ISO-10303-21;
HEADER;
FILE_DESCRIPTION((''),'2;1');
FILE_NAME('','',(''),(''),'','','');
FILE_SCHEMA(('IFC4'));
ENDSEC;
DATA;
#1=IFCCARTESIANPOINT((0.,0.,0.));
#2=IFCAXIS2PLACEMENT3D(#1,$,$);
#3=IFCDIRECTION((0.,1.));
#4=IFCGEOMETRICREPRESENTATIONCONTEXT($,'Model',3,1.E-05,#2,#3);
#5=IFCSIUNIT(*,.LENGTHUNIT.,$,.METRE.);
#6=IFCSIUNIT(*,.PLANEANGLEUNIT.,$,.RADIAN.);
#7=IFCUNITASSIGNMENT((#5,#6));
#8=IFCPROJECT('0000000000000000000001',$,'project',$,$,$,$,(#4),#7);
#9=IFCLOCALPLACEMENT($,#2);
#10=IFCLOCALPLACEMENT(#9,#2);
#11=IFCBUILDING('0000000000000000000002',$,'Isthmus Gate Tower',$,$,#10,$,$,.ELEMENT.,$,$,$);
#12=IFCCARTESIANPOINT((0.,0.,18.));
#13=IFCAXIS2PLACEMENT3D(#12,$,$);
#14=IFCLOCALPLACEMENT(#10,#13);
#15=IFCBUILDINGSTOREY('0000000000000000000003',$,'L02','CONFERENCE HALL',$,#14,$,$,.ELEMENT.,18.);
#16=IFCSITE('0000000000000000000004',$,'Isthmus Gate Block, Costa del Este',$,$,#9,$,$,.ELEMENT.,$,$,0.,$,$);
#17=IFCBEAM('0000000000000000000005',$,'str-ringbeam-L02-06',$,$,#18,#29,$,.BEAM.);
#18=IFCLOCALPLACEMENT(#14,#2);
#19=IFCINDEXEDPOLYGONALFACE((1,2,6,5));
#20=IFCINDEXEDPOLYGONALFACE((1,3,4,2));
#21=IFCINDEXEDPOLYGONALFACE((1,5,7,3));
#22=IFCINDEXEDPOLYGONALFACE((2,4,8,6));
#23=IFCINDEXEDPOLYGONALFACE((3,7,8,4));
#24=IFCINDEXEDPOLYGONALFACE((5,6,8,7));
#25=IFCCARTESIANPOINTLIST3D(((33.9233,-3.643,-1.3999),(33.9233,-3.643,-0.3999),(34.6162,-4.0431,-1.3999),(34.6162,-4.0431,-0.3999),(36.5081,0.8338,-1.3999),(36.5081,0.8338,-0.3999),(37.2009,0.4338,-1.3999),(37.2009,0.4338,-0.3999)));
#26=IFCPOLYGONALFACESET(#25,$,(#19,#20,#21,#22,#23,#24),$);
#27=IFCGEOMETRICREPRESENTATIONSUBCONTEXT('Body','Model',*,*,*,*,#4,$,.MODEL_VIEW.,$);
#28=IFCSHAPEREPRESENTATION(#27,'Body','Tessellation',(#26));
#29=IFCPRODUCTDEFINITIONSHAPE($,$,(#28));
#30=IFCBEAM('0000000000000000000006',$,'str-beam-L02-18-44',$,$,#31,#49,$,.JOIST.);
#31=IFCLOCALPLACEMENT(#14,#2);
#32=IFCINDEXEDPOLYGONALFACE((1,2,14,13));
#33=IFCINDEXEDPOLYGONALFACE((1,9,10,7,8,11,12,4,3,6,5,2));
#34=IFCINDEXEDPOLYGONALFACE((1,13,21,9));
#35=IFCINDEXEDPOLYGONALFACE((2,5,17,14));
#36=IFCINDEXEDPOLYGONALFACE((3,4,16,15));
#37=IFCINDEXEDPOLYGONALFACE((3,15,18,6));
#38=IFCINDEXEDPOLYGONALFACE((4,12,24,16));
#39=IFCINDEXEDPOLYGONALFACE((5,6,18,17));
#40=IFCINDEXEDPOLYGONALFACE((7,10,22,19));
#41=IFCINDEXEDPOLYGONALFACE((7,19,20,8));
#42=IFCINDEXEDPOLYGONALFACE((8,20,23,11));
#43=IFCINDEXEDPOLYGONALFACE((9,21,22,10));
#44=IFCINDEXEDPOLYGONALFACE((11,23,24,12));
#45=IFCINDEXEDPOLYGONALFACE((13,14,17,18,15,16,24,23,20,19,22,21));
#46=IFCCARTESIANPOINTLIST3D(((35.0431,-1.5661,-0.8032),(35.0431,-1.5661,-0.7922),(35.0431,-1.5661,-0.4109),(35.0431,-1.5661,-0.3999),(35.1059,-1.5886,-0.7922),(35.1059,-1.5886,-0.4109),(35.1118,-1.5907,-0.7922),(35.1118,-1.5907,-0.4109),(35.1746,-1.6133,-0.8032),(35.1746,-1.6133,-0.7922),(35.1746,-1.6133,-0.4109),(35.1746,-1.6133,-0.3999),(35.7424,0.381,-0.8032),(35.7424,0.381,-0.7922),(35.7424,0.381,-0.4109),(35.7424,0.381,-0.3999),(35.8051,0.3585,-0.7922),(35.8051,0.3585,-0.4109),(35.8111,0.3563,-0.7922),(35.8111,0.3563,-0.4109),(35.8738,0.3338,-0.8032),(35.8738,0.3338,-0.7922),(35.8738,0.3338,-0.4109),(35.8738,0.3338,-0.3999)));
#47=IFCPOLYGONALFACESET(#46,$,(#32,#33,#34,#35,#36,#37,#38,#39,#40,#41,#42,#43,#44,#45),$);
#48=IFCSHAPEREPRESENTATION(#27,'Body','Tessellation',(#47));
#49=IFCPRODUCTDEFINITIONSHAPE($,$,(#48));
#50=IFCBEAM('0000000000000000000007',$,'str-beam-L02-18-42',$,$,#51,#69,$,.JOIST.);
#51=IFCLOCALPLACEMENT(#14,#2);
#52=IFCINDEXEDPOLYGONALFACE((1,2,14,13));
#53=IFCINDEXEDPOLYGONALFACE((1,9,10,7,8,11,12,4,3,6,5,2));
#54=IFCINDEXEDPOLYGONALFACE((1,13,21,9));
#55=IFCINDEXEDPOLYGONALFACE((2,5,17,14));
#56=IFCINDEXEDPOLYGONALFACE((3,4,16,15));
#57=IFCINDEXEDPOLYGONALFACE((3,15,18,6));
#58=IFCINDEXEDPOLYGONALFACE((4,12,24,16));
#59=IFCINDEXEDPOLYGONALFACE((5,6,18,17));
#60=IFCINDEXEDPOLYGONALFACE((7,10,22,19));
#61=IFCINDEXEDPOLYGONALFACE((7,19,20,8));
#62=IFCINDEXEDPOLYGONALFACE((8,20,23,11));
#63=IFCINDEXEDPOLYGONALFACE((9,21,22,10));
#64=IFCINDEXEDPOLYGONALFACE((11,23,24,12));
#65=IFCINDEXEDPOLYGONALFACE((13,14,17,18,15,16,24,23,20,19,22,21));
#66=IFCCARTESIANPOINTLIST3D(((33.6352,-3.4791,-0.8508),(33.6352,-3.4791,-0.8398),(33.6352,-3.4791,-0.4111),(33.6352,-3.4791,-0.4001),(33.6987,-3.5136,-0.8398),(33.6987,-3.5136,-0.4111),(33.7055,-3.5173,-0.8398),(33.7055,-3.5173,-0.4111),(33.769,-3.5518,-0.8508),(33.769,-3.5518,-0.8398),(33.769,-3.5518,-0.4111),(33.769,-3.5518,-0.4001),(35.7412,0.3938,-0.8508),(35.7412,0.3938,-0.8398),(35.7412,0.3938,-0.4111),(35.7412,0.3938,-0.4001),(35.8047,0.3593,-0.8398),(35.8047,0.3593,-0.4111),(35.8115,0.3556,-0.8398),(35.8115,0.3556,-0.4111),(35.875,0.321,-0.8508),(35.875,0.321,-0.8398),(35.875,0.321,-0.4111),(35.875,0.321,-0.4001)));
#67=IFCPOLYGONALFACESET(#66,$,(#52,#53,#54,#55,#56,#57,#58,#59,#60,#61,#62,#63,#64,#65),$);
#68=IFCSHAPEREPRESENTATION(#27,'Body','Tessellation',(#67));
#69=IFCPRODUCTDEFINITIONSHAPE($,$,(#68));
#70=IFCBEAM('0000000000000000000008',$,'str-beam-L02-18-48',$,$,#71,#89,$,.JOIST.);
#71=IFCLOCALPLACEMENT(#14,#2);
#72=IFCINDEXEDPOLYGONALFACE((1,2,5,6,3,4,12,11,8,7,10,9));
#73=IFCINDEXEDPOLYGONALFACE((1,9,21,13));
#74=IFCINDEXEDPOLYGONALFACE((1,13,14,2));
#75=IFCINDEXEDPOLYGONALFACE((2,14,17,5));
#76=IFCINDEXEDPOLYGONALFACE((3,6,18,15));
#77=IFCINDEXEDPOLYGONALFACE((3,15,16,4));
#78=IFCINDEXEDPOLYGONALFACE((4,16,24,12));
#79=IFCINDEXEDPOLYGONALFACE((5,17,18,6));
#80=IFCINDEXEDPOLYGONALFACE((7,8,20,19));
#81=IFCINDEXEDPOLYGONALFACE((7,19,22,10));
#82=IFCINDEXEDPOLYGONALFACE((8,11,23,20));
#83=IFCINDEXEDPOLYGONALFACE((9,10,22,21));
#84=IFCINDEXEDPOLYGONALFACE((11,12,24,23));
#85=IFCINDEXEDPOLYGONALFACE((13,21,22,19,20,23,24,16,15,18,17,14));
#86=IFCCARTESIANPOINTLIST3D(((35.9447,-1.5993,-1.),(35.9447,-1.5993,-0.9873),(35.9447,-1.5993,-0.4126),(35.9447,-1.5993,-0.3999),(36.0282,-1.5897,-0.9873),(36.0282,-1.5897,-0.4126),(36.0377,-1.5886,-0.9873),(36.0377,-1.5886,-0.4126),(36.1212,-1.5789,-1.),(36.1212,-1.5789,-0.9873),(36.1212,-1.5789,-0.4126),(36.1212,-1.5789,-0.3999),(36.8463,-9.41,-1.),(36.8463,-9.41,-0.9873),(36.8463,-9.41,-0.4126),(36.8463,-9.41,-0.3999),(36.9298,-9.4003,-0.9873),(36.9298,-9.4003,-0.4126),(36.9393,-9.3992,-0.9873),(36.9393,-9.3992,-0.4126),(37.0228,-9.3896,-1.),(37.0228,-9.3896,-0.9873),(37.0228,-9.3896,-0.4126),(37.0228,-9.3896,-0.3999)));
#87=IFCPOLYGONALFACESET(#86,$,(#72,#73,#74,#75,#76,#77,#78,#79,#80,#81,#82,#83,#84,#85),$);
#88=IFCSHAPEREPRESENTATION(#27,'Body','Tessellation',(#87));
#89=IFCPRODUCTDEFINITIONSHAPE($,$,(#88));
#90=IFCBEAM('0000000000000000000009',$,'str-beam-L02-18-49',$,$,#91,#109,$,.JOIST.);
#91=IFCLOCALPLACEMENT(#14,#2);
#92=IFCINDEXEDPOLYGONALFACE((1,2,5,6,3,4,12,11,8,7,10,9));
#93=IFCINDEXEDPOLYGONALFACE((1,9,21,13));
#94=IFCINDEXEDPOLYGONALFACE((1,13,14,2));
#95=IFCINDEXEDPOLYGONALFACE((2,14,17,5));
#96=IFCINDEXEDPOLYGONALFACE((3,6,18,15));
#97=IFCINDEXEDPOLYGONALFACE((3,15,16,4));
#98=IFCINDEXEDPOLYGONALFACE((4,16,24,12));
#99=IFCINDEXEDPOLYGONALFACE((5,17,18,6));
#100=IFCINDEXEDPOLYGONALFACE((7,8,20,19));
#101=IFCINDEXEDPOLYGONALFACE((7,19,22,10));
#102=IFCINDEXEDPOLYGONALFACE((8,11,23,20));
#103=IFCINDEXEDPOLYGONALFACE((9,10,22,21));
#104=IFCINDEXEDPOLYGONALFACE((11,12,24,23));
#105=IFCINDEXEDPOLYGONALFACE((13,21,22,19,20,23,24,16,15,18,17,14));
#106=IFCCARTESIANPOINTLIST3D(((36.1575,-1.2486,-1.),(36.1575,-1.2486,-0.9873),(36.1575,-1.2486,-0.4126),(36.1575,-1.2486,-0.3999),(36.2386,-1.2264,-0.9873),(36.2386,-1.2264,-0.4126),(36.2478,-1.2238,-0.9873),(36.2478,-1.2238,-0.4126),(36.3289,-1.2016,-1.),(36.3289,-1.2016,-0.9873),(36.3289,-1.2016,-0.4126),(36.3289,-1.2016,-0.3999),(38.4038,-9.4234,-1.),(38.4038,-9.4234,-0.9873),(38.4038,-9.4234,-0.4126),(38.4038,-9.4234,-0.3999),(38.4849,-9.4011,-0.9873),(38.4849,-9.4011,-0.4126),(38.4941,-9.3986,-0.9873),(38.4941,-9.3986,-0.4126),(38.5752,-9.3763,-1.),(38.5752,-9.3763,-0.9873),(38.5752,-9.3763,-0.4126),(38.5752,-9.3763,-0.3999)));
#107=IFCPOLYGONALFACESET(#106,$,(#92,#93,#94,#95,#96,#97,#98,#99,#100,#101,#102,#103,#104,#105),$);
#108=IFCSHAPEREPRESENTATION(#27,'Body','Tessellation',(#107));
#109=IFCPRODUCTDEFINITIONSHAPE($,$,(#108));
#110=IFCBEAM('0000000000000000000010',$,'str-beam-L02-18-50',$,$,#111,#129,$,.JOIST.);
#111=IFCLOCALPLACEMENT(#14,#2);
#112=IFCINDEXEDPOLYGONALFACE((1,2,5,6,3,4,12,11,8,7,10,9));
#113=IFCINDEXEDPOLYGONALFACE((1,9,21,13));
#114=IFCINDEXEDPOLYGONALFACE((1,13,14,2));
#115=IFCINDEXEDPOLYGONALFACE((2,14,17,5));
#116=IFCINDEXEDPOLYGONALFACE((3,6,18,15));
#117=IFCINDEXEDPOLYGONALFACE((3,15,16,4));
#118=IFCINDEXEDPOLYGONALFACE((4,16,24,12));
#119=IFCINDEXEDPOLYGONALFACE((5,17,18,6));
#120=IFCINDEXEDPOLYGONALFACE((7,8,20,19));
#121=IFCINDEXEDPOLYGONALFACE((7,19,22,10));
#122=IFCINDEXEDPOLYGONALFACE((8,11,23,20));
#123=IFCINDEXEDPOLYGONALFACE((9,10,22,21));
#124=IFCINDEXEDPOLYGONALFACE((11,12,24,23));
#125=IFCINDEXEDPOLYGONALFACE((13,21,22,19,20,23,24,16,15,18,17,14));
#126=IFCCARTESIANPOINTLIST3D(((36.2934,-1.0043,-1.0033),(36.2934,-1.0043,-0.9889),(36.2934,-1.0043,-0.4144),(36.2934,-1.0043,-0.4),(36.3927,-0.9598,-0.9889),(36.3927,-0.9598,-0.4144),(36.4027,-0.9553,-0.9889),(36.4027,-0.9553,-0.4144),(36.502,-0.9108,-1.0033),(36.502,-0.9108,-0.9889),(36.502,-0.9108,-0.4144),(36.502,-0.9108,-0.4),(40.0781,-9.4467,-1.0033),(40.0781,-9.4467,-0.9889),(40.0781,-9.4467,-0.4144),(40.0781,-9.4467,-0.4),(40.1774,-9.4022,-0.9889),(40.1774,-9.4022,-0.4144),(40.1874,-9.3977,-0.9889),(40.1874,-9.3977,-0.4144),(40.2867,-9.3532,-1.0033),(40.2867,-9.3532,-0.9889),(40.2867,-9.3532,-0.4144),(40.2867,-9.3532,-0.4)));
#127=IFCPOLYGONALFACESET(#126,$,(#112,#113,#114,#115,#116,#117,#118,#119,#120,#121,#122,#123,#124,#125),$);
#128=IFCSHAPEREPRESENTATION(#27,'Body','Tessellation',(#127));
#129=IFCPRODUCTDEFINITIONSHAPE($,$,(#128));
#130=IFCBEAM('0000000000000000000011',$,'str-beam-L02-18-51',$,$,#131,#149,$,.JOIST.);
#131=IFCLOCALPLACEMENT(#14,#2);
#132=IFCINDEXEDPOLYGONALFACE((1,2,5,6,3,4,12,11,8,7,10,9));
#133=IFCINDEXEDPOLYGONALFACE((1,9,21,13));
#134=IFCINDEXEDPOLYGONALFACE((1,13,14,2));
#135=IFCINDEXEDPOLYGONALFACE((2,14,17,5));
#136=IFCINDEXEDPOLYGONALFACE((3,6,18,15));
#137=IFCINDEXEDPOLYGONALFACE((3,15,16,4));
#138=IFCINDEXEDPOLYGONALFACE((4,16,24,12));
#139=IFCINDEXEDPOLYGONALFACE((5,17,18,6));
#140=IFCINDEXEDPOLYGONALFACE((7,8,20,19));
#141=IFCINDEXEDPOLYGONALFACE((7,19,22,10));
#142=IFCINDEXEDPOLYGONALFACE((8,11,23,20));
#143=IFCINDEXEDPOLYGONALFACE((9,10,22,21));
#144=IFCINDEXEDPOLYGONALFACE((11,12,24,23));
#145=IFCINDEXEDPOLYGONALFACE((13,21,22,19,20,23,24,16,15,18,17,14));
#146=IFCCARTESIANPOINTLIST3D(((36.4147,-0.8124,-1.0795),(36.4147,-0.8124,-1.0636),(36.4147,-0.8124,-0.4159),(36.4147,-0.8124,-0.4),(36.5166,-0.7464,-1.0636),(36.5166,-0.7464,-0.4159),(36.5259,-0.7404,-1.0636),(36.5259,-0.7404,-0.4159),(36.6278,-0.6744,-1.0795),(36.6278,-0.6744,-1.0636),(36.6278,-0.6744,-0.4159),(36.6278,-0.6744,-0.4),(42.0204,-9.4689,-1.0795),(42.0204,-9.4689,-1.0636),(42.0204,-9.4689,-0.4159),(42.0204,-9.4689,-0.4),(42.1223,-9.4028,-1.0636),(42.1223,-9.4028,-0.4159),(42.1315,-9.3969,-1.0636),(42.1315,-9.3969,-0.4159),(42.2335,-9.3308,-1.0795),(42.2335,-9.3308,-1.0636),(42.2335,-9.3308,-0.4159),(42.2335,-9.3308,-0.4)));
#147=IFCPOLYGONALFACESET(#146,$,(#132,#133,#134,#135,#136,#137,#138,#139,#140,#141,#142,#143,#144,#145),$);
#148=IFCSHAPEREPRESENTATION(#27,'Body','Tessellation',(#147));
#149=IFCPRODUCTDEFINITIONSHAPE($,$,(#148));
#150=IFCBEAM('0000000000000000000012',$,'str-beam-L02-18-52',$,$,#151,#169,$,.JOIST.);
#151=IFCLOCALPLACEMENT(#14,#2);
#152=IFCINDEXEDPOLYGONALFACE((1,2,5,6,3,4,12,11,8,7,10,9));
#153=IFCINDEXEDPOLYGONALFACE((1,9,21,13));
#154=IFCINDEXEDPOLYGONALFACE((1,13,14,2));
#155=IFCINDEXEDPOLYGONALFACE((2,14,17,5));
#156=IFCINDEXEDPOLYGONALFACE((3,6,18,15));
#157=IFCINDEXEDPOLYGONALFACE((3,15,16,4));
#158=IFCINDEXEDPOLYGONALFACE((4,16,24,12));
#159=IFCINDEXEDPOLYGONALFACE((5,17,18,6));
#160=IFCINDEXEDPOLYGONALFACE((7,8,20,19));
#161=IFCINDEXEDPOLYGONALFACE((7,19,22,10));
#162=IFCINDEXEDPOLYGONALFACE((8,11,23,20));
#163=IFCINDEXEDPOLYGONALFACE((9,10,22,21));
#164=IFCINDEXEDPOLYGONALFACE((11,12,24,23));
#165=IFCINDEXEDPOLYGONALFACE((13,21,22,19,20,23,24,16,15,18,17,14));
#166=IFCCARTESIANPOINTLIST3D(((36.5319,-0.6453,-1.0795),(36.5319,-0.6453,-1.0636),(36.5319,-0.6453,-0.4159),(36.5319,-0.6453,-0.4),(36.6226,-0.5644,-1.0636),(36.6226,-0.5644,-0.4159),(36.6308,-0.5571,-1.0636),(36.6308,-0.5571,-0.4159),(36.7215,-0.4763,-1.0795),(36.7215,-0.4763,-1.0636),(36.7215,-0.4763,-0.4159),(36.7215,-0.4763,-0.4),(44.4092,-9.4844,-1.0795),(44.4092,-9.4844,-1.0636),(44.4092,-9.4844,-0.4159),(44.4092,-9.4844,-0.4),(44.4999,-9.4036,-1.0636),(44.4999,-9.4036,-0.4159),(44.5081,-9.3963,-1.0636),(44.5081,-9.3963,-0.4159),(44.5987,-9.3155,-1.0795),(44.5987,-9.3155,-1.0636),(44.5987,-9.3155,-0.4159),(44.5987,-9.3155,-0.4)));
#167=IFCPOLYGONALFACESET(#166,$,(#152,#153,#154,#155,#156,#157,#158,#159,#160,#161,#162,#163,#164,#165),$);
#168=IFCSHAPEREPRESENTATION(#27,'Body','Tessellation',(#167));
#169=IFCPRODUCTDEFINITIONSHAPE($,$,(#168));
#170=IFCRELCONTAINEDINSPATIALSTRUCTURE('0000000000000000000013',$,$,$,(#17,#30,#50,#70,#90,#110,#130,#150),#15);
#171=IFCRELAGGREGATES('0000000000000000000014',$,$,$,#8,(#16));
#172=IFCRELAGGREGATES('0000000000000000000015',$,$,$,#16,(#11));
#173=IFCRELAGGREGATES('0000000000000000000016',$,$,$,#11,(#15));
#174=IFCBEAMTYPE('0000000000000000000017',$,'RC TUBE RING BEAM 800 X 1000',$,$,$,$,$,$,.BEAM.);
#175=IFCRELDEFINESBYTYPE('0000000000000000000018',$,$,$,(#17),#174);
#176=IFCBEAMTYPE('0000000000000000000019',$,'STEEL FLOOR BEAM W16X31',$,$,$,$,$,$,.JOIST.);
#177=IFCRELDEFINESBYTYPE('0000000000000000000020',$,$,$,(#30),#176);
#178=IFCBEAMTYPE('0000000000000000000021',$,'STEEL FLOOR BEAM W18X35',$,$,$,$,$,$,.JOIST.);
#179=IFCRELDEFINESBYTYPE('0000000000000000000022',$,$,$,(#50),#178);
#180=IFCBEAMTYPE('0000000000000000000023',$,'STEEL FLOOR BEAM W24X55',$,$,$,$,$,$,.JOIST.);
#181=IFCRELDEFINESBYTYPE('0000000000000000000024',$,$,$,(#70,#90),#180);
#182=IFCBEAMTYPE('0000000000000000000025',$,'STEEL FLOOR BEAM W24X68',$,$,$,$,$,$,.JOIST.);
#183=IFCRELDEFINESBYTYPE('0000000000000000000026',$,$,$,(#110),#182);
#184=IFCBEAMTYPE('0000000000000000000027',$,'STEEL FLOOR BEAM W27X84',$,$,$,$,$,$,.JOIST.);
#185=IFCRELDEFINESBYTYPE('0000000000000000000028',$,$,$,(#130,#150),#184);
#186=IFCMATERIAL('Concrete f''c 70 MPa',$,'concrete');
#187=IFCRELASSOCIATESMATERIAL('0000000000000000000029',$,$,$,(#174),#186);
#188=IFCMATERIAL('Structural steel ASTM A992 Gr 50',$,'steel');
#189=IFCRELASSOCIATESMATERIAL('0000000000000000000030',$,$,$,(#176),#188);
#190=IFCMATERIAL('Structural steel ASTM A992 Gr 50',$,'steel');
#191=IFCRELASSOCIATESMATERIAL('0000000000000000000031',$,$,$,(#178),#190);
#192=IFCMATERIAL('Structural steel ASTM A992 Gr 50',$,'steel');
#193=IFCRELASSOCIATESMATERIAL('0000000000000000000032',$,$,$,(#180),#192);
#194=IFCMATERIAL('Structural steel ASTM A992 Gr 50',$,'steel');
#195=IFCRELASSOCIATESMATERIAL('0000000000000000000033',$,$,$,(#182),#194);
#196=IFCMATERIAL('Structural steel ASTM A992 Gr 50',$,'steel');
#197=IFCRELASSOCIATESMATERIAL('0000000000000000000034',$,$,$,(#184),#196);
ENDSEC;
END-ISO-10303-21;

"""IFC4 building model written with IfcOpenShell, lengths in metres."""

from ifc_helpers import new_model, si_unit, direction, frame, origin, origin_2d, place, context, subcontext, project, spatial, rectangle, i_section, extrude, material, material_profile, profile_set, type_object, element, save


model = new_model("IFC4")

# Units and contexts
model_context = context("Model", 3, precision=1e-05, world=origin(), true_north=direction((0.0, 1.0)))
body_context = subcontext(model_context, "Body", "Model", "MODEL_VIEW")
ifc_project = project(units=[si_unit("LENGTHUNIT", "METRE"), si_unit("PLANEANGLEUNIT", "RADIAN")], contexts=[model_context])

# Site, building, storey
site_placement = place(None, origin())
site = spatial("IfcSite", under=ifc_project, at=site_placement, Name="Isthmus Gate Block, Costa del Este", CompositionType="ELEMENT", RefElevation=0.0)
building_placement = place(site_placement, origin())
building = spatial("IfcBuilding", under=site, at=building_placement, Name="Isthmus Gate Tower", CompositionType="ELEMENT")
storey_placement = place(building_placement, frame((0.0, 0.0, 18.0)))
storey = spatial("IfcBuildingStorey", under=building, at=storey_placement, Name="L02", Description="CONFERENCE HALL", CompositionType="ELEMENT", Elevation=18.0)

# Beams
ifc_material_1 = material(Name="Concrete f'c 70 MPa", Category="concrete")
ifc_material_profile_1 = material_profile(ifc_material_1, rectangle(XDim=0.8, YDim=1.0, at=origin_2d()), Name="RC 800X1000")
ifc_profile_set_1 = profile_set([ifc_material_profile_1], Name="Concrete f'c 70 MPa")
beam_type_1 = type_object("IfcBeamType", Name="RC TUBE RING BEAM 800 X 1000", PredefinedType="BEAM", material=ifc_profile_set_1)
beam_1_placement = place(storey_placement, frame((36.8545, 0.6338, -0.8999), z_axis=(-0.500005, -0.866023, 0.0), x_axis=(0.866023, -0.500005, 0.0)))
element("IfcBeam", 1, at=beam_1_placement, inside=storey, type_object=beam_type_1, Name="str-ringbeam-L02-06", PredefinedType="BEAM", context=body_context, shape_type="SweptSolid", body=[
    extrude(rectangle(XDim=0.8, YDim=1.0, at=origin_2d()), origin(), (0.0, 0.0, 1.0), 5.1694),
])
ifc_material_2 = material(Name="Structural steel ASTM A992 Gr 50", Category="steel")
ifc_material_profile_2 = material_profile(ifc_material_2, i_section(OverallWidth=0.1396, OverallDepth=0.4033, WebThickness=0.0063, FlangeThickness=0.011, at=origin_2d()), Name="W16X31")
ifc_profile_set_2 = profile_set([ifc_material_profile_2], Name="Structural steel ASTM A992 Gr 50")
beam_type_2 = type_object("IfcBeamType", Name="STEEL FLOOR BEAM W16X31", PredefinedType="JOIST", material=ifc_profile_set_2)
beam_2_placement = place(storey_placement, frame((35.8081, 0.3574, -0.6016), z_axis=(-0.337988, -0.94115, 0.0), x_axis=(0.94115, -0.337988, 0.0)))
element("IfcBeam", 2, at=beam_2_placement, inside=storey, type_object=beam_type_2, Name="str-beam-L02-18-44", PredefinedType="JOIST", context=body_context, shape_type="SweptSolid", body=[
    extrude(i_section(OverallWidth=0.1396, OverallDepth=0.4033, WebThickness=0.0063, FlangeThickness=0.011, at=origin_2d()), origin(), (0.0, 0.0, 1.0), 2.0688),
])
ifc_material_3 = material(Name="Structural steel ASTM A992 Gr 50", Category="steel")
ifc_material_profile_3 = material_profile(ifc_material_3, i_section(OverallWidth=0.1523, OverallDepth=0.4507, WebThickness=0.0078, FlangeThickness=0.011, at=origin_2d()), Name="W18X35")
ifc_profile_set_3 = profile_set([ifc_material_profile_3], Name="Structural steel ASTM A992 Gr 50")
beam_type_3 = type_object("IfcBeamType", Name="STEEL FLOOR BEAM W18X35", PredefinedType="JOIST", material=ifc_profile_set_3)
beam_3_placement = place(storey_placement, frame((35.8081, 0.3574, -0.6255), z_axis=(-0.477719, -0.878513, 0.0), x_axis=(0.878513, -0.477719, 0.0)))
element("IfcBeam", 3, at=beam_3_placement, inside=storey, type_object=beam_type_3, Name="str-beam-L02-18-42", PredefinedType="JOIST", context=body_context, shape_type="SweptSolid", body=[
    extrude(i_section(OverallWidth=0.1523, OverallDepth=0.4507, WebThickness=0.0078, FlangeThickness=0.011, at=origin_2d()), origin(), (0.0, 0.0, 1.0), 4.4084),
])
ifc_material_4 = material(Name="Structural steel ASTM A992 Gr 50", Category="steel")
ifc_material_profile_4 = material_profile(ifc_material_4, i_section(OverallWidth=0.1777, OverallDepth=0.6001, WebThickness=0.0095, FlangeThickness=0.0127, at=origin_2d()), Name="W24X55")
ifc_profile_set_4 = profile_set([ifc_material_profile_4], Name="Structural steel ASTM A992 Gr 50")
beam_type_4 = type_object("IfcBeamType", Name="STEEL FLOOR BEAM W24X55", PredefinedType="JOIST", material=ifc_profile_set_4)
beam_4_placement = place(storey_placement, frame((36.033, -1.5891, -0.7), z_axis=(0.11467, -0.993404, 0.0), x_axis=(0.993404, 0.11467, 0.0)))
element("IfcBeam", 4, at=beam_4_placement, inside=storey, type_object=beam_type_4, Name="str-beam-L02-18-48", PredefinedType="JOIST", context=body_context, shape_type="SweptSolid", body=[
    extrude(i_section(OverallWidth=0.1777, OverallDepth=0.6001, WebThickness=0.0095, FlangeThickness=0.0127, at=origin_2d()), origin(), (0.0, 0.0, 1.0), 7.8625),
])
beam_5_placement = place(storey_placement, frame((36.2432, -1.2251, -0.7), z_axis=(0.264966, -0.964258, 0.0), x_axis=(0.964258, 0.264966, 0.0)))
element("IfcBeam", 5, at=beam_5_placement, inside=storey, type_object=beam_type_4, Name="str-beam-L02-18-49", PredefinedType="JOIST", context=body_context, shape_type="SweptSolid", body=[
    extrude(i_section(OverallWidth=0.1777, OverallDepth=0.6001, WebThickness=0.0095, FlangeThickness=0.0127, at=origin_2d()), origin(), (0.0, 0.0, 1.0), 8.4778),
])
ifc_material_5 = material(Name="Structural steel ASTM A992 Gr 50", Category="steel")
ifc_material_profile_5 = material_profile(ifc_material_5, i_section(OverallWidth=0.2285, OverallDepth=0.6033, WebThickness=0.011, FlangeThickness=0.0144, at=origin_2d()), Name="W24X68")
ifc_profile_set_5 = profile_set([ifc_material_profile_5], Name="Structural steel ASTM A992 Gr 50")
beam_type_5 = type_object("IfcBeamType", Name="STEEL FLOOR BEAM W24X68", PredefinedType="JOIST", material=ifc_profile_set_5)
beam_6_placement = place(storey_placement, frame((36.3977, -0.9575, -0.7017), z_axis=(0.40907, -0.912503, 0.0), x_axis=(0.912503, 0.40907, 0.0)))
element("IfcBeam", 6, at=beam_6_placement, inside=storey, type_object=beam_type_5, Name="str-beam-L02-18-50", PredefinedType="JOIST", context=body_context, shape_type="SweptSolid", body=[
    extrude(i_section(OverallWidth=0.2285, OverallDepth=0.6033, WebThickness=0.011, FlangeThickness=0.0144, at=origin_2d()), origin(), (0.0, 0.0, 1.0), 9.252),
])
ifc_material_6 = material(Name="Structural steel ASTM A992 Gr 50", Category="steel")
ifc_material_profile_6 = material_profile(ifc_material_6, i_section(OverallWidth=0.2539, OverallDepth=0.6794, WebThickness=0.011, FlangeThickness=0.0159, at=origin_2d()), Name="W27X84")
ifc_profile_set_6 = profile_set([ifc_material_profile_6], Name="Structural steel ASTM A992 Gr 50")
beam_type_6 = type_object("IfcBeamType", Name="STEEL FLOOR BEAM W27X84", PredefinedType="JOIST", material=ifc_profile_set_6)
beam_7_placement = place(storey_placement, frame((36.5212, -0.7434, -0.7397), z_axis=(0.543556, -0.839373, 0.0), x_axis=(0.839373, 0.543556, 0.0)))
element("IfcBeam", 7, at=beam_7_placement, inside=storey, type_object=beam_type_6, Name="str-beam-L02-18-51", PredefinedType="JOIST", context=body_context, shape_type="SweptSolid", body=[
    extrude(i_section(OverallWidth=0.2539, OverallDepth=0.6794, WebThickness=0.011, FlangeThickness=0.0159, at=origin_2d()), origin(), (0.0, 0.0, 1.0), 10.313),
])
beam_8_placement = place(storey_placement, frame((36.6267, -0.5608, -0.7397), z_axis=(0.665317, -0.746561, 0.0), x_axis=(0.746561, 0.665317, 0.0)))
element("IfcBeam", 8, at=beam_8_placement, inside=storey, type_object=beam_type_6, Name="str-beam-L02-18-52", PredefinedType="JOIST", context=body_context, shape_type="SweptSolid", body=[
    extrude(i_section(OverallWidth=0.2539, OverallDepth=0.6794, WebThickness=0.011, FlangeThickness=0.0159, at=origin_2d()), origin(), (0.0, 0.0, 1.0), 11.8398),
])

save(model, "model.ifc")
